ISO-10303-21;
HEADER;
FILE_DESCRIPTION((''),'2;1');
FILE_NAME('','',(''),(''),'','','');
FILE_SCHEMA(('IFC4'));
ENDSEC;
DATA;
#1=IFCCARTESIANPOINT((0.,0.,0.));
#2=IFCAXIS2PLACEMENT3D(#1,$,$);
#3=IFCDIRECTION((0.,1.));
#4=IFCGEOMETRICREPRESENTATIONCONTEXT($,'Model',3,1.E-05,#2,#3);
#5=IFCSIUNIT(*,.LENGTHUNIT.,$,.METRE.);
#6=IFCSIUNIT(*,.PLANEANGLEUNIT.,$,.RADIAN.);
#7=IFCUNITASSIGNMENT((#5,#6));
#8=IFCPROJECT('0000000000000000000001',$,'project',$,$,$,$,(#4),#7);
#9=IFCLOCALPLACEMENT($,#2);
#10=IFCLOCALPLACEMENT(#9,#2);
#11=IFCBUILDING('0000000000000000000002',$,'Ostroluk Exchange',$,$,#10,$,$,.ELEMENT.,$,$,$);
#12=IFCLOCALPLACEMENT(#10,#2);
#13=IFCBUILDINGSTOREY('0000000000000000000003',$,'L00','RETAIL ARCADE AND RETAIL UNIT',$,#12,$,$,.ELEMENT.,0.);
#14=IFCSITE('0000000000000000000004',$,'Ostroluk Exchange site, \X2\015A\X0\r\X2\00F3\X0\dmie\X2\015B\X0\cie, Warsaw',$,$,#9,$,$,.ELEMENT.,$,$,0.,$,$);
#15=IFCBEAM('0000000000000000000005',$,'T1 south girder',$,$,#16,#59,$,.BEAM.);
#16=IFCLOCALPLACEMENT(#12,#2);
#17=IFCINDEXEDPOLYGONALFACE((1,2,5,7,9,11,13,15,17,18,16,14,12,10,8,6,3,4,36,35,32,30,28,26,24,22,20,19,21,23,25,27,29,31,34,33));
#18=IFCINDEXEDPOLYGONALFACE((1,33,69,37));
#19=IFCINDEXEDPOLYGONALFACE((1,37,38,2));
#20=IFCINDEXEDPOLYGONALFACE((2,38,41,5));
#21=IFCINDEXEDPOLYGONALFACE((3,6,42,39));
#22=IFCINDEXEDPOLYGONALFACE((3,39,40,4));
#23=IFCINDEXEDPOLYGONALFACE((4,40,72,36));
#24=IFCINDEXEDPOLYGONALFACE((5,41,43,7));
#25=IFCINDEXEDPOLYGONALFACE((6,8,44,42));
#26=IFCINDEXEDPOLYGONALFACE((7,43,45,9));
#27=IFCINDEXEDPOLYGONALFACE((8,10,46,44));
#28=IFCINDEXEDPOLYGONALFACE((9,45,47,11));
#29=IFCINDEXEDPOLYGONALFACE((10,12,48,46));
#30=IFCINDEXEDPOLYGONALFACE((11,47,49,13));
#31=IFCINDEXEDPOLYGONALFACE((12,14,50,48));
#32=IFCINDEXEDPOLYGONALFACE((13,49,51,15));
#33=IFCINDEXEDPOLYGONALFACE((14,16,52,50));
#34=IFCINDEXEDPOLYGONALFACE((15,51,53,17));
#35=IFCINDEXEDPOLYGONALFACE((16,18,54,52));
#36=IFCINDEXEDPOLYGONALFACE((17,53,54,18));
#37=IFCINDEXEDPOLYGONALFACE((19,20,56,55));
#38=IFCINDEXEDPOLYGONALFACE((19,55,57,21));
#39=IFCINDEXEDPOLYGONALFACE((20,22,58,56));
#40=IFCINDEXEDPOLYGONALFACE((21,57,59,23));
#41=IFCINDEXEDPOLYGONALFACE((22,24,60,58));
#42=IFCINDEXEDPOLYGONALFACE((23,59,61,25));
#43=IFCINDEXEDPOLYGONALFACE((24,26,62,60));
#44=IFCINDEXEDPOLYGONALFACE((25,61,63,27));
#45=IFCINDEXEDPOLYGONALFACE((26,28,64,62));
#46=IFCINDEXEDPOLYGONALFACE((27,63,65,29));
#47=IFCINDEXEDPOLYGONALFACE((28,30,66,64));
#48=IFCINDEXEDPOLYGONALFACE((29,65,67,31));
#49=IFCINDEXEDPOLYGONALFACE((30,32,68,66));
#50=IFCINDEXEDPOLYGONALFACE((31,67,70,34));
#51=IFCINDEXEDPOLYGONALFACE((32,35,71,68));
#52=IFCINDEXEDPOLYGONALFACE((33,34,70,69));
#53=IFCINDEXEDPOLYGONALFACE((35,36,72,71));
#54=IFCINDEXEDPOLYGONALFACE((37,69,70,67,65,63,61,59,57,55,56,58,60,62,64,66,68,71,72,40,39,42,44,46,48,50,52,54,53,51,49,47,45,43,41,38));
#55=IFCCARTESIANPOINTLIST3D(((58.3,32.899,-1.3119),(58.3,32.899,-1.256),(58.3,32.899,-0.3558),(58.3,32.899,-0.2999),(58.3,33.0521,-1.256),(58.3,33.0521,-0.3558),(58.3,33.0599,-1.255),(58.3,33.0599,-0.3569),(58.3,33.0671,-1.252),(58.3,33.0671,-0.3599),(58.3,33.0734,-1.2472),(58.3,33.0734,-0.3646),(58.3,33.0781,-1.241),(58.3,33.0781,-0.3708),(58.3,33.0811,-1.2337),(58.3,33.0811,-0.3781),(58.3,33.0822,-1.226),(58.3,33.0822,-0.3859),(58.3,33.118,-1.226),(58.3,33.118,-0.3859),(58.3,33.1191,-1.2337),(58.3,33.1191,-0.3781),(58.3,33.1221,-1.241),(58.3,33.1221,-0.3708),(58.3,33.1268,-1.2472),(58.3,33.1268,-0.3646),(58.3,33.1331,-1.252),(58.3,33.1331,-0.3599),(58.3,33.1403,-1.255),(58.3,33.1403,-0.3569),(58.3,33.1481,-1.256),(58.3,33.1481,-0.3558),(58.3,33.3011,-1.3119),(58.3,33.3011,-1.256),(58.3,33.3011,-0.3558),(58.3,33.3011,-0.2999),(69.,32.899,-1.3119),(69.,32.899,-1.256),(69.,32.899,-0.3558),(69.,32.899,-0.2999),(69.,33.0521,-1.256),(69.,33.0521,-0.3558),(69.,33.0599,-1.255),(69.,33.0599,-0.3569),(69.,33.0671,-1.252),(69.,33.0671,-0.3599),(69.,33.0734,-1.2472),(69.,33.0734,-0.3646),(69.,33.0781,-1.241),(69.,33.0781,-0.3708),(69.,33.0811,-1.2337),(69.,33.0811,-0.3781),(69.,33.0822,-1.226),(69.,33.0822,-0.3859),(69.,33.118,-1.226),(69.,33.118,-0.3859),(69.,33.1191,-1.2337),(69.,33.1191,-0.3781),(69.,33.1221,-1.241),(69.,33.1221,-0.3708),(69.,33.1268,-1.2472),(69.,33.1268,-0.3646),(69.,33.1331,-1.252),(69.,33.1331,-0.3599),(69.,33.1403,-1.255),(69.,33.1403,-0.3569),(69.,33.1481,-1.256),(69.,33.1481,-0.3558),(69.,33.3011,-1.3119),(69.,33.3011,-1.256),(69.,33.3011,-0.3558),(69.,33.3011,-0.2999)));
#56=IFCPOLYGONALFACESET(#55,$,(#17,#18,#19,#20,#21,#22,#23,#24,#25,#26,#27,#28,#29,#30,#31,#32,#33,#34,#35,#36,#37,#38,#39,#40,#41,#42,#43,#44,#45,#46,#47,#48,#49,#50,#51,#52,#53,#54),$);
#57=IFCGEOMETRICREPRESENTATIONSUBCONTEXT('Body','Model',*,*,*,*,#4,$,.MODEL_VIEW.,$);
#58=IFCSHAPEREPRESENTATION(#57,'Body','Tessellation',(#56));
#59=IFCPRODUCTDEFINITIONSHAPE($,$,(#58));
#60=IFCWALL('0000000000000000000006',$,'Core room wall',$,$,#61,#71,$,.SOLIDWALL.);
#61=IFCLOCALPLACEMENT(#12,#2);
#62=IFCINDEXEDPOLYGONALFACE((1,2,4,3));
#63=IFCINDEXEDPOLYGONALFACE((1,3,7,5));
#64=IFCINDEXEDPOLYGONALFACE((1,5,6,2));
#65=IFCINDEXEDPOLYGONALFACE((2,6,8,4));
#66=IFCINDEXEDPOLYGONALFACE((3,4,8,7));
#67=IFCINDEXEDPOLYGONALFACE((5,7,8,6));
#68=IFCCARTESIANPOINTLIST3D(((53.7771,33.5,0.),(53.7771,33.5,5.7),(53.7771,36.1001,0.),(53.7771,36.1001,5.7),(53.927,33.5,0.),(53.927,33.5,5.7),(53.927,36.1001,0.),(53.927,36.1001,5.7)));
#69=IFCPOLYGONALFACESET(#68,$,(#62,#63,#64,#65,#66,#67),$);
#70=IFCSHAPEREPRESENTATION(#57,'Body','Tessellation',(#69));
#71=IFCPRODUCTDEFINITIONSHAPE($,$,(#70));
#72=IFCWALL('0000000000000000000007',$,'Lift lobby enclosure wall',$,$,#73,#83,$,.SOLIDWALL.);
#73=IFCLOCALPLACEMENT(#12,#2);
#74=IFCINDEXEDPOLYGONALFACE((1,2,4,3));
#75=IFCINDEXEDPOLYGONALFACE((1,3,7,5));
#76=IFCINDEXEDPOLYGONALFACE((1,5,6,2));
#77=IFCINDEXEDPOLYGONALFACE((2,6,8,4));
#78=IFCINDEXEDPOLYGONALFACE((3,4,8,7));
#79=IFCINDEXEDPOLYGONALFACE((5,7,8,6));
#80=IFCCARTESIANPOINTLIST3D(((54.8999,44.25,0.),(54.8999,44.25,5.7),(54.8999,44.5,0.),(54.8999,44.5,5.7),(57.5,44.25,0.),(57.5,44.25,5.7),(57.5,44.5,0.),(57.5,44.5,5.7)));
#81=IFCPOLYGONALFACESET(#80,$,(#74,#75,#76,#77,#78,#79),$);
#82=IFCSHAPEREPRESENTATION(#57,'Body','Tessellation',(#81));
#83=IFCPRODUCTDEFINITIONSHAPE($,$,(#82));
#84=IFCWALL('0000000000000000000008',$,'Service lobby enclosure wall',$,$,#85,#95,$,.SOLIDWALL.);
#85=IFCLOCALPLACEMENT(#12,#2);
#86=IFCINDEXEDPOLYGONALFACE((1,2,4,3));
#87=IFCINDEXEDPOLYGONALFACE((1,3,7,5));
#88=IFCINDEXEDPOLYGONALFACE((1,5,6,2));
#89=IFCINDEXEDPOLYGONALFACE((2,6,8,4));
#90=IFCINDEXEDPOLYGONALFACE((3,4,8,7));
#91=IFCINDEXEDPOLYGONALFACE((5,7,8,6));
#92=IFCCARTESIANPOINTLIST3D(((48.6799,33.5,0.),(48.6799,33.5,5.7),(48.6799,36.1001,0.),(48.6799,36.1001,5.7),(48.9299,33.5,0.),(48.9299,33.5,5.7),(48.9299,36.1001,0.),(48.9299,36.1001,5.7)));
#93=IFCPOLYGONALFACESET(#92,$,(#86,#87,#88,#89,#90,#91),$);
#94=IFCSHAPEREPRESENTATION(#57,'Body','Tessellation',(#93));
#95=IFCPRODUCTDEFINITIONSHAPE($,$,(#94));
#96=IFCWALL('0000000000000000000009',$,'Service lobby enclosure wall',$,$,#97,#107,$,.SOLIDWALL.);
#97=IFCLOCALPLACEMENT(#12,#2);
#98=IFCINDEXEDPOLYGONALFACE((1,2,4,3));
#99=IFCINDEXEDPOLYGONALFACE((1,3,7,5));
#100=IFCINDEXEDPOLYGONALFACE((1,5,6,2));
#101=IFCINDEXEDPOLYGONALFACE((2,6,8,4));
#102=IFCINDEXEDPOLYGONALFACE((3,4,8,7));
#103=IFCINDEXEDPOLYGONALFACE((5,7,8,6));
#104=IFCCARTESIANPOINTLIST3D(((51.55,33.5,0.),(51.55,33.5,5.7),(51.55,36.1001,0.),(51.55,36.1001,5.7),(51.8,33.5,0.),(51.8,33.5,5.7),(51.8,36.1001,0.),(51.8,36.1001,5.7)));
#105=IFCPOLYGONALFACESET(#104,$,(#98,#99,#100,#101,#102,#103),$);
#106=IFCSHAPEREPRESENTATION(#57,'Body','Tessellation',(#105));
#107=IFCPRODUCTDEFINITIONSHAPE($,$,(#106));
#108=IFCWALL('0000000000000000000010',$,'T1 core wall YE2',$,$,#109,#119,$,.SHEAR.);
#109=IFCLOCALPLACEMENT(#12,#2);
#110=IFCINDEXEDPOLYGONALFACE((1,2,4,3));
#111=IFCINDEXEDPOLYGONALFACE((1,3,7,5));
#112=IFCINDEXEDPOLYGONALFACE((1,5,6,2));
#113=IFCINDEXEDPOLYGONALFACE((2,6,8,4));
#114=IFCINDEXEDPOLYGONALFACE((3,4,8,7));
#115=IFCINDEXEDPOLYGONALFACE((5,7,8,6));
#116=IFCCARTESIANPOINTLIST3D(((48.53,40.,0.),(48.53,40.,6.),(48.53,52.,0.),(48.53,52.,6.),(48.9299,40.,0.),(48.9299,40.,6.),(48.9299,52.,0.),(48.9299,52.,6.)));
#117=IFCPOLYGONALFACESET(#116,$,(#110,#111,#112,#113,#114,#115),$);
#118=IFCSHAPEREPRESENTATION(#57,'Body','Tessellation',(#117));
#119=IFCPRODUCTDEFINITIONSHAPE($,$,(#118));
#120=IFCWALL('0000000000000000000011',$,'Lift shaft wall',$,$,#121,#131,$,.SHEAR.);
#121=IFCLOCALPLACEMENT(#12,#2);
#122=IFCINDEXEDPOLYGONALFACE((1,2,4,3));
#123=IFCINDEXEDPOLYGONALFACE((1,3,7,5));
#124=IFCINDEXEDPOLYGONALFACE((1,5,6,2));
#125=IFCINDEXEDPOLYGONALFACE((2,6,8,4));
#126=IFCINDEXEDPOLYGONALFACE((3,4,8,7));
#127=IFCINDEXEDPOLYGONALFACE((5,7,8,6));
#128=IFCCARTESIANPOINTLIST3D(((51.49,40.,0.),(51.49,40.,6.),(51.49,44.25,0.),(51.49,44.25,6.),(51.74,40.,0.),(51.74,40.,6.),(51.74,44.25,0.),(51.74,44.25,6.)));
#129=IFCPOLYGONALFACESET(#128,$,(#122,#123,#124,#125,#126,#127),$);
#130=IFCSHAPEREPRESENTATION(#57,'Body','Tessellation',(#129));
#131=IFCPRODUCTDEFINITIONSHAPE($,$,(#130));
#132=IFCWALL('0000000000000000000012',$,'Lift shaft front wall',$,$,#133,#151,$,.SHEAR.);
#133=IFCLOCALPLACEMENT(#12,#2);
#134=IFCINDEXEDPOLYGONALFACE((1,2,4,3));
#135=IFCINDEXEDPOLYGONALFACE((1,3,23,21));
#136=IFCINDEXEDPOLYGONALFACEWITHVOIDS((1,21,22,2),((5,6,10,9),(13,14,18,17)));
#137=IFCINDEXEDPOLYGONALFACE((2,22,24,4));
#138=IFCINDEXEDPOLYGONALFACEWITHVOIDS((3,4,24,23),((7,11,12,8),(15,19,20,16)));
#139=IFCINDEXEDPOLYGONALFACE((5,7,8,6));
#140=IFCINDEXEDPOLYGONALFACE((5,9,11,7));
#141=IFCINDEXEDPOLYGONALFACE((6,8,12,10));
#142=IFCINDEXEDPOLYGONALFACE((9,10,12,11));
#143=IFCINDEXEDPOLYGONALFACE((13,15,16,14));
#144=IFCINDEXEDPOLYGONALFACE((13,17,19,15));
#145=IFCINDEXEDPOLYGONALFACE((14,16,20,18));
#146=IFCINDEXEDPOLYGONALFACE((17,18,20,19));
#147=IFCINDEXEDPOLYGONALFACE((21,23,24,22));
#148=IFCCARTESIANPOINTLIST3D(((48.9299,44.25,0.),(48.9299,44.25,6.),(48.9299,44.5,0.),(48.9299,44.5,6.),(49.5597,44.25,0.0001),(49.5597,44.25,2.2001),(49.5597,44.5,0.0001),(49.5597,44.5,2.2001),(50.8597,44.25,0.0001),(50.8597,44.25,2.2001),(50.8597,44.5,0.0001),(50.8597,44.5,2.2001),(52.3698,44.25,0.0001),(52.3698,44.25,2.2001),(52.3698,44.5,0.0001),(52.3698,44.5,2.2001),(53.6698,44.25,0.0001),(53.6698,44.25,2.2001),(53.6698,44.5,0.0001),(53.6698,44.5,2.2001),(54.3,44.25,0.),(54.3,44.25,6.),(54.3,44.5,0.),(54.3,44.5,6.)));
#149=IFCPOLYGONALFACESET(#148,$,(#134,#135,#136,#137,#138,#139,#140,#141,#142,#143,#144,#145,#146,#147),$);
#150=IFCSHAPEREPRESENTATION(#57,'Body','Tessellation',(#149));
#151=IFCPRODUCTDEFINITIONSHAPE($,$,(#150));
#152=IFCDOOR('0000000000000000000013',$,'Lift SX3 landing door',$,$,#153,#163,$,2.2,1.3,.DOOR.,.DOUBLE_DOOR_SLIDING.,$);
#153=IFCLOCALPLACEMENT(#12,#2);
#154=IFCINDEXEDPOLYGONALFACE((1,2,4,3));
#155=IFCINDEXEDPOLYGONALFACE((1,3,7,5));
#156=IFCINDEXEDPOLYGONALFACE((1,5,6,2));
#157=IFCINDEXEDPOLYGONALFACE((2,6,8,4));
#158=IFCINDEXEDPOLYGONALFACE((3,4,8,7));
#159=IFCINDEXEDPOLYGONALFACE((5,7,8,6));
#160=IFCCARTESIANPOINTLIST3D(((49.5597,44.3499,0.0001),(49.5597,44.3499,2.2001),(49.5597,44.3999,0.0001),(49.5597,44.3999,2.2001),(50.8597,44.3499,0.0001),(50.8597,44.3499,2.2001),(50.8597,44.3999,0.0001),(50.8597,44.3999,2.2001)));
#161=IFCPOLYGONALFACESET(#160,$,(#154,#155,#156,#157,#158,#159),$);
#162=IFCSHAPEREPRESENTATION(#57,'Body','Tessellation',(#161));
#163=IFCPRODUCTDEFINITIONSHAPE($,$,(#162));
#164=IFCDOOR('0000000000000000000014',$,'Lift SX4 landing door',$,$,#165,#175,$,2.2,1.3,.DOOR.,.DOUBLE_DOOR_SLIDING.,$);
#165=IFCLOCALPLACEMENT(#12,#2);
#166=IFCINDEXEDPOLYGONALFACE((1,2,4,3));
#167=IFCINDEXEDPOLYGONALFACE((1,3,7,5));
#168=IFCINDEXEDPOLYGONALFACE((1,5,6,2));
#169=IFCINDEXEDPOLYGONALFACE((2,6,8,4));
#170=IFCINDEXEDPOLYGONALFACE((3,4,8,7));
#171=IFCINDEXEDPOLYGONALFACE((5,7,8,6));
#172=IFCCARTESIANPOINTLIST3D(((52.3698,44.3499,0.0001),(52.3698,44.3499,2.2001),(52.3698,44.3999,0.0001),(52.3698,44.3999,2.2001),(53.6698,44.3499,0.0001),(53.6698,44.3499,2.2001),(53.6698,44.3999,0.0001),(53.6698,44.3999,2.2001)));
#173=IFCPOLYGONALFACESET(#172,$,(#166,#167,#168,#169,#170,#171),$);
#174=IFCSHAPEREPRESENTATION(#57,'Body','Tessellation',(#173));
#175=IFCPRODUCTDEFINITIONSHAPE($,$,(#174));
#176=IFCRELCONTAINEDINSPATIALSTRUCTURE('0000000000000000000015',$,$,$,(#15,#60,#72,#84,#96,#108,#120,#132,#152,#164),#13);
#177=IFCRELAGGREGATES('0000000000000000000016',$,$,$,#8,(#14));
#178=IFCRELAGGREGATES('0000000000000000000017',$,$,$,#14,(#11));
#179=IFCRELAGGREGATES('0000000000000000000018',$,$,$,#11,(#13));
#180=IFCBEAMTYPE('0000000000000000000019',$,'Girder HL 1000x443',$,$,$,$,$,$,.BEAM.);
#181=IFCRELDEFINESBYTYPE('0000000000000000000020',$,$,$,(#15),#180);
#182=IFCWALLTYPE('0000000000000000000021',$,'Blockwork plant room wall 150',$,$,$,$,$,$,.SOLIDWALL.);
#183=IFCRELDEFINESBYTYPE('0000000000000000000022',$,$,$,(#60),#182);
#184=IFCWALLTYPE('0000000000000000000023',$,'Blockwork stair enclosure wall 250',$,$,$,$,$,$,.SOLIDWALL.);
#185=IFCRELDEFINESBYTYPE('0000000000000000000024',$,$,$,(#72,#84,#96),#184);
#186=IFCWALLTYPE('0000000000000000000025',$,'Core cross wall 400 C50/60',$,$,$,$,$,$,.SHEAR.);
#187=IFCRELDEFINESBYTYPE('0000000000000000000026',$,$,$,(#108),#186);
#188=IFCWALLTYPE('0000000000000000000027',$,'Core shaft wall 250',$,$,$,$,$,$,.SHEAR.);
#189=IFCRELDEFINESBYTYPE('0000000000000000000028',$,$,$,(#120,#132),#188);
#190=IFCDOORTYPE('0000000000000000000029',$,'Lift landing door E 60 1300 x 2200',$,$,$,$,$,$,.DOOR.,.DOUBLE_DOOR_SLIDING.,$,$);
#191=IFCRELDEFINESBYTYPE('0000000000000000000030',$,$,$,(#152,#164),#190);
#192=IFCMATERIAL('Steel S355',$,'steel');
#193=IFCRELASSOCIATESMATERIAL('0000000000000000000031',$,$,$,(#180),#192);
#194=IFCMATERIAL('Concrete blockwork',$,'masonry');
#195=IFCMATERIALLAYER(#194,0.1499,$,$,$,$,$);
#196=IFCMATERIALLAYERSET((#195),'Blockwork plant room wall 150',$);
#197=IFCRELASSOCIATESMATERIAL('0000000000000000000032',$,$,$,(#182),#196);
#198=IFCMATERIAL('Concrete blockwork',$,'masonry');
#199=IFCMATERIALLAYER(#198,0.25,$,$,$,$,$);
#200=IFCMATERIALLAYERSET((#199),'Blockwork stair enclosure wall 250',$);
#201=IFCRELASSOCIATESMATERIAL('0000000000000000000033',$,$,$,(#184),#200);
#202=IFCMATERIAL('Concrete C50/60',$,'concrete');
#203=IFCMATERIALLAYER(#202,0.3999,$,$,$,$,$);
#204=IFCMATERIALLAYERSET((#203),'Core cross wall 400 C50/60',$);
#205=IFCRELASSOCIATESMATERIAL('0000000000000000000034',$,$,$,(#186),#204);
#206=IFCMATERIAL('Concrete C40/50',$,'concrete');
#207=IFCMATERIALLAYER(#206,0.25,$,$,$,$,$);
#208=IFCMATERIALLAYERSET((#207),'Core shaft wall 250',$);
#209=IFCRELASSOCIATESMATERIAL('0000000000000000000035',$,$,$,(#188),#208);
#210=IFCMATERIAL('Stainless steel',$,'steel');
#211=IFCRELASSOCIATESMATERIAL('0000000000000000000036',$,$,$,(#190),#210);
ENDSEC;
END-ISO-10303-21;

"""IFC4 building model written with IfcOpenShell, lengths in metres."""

from ifc_helpers import new_model, si_unit, direction, frame, frame_2d, origin, origin_2d, place, context, subcontext, project, spatial, rectangle, i_section, extrude, material, layer, layer_set, material_profile, profile_set, type_object, element, fill, save


model = new_model("IFC4")

# Units and contexts
model_context = context("Model", 3, precision=1e-05, world=origin(), true_north=direction((0.0, 1.0)))
body_context = subcontext(model_context, "Body", "Model", "MODEL_VIEW")
ifc_project = project(units=[si_unit("LENGTHUNIT", "METRE"), si_unit("PLANEANGLEUNIT", "RADIAN")], contexts=[model_context])

# Site, building, storey
site_placement = place(None, origin())
site = spatial("IfcSite", under=ifc_project, at=site_placement, Name="Ostroluk Exchange site, Śródmieście, Warsaw", CompositionType="ELEMENT", RefElevation=0.0)
building_placement = place(site_placement, origin())
building = spatial("IfcBuilding", under=site, at=building_placement, Name="Ostroluk Exchange", CompositionType="ELEMENT")
storey_placement = place(building_placement, origin())
storey = spatial("IfcBuildingStorey", under=building, at=storey_placement, Name="L00", Description="RETAIL ARCADE AND RETAIL UNIT", CompositionType="ELEMENT", Elevation=0.0)

# Beam
ifc_material_1 = material(Name="Steel S355", Category="steel")
ifc_material_profile_1 = material_profile(ifc_material_1, i_section(OverallWidth=0.4021, OverallDepth=1.012, WebThickness=0.0359, FlangeThickness=0.0559, FilletRadius=0.03, at=origin_2d()), Name="HL 1000x443")
ifc_profile_set_1 = profile_set([ifc_material_profile_1], Name="Steel S355")
beam_type_1 = type_object("IfcBeamType", Name="Girder HL 1000x443", PredefinedType="BEAM", material=ifc_profile_set_1)
beam_1_placement = place(storey_placement, frame((58.3, 33.1001, -0.8059), z_axis=(1.0, 0.0, 0.0), x_axis=(0.0, 1.0, 0.0)))
element("IfcBeam", 1, at=beam_1_placement, inside=storey, type_object=beam_type_1, Name="T1 south girder", PredefinedType="BEAM", context=body_context, shape_type="SweptSolid", body=[
    extrude(i_section(OverallWidth=0.4021, OverallDepth=1.012, WebThickness=0.0359, FlangeThickness=0.0559, FilletRadius=0.03, at=origin_2d()), origin(), (0.0, 0.0, 1.0), 10.7),
])

# Walls
ifc_material_2 = material(Name="Concrete blockwork", Category="masonry")
ifc_layer_1 = layer(ifc_material_2, 0.1499)
ifc_layer_set_1 = layer_set([ifc_layer_1], Name="Blockwork plant room wall 150")
wall_type_1 = type_object("IfcWallType", Name="Blockwork plant room wall 150", PredefinedType="SOLIDWALL", material=ifc_layer_set_1)
wall_1_placement = place(storey_placement, frame((53.8521, 33.5, 0.0), z_axis=(0.0, 0.0, 1.0), x_axis=(0.0, 1.0, 0.0)))
element("IfcWall", 2, at=wall_1_placement, inside=storey, type_object=wall_type_1, Name="Core room wall", PredefinedType="SOLIDWALL", context=body_context, shape_type="SweptSolid", body=[
    extrude(rectangle(XDim=2.6001, YDim=0.1499, at=frame_2d((1.3, 0.0))), origin(), (0.0, 0.0, 1.0), 5.7),
])
ifc_material_3 = material(Name="Concrete blockwork", Category="masonry")
ifc_layer_2 = layer(ifc_material_3, 0.25)
ifc_layer_set_2 = layer_set([ifc_layer_2], Name="Blockwork stair enclosure wall 250")
wall_type_2 = type_object("IfcWallType", Name="Blockwork stair enclosure wall 250", PredefinedType="SOLIDWALL", material=ifc_layer_set_2)
for number, where, z_axis, x_axis, name in (
    (3, (54.8999, 44.375, 0.0), (0.0, 0.0, 1.0), (1.0, 0.0, 0.0), "Lift lobby enclosure wall"),
    (4, (48.8049, 33.5, 0.0), (0.0, 0.0, 1.0), (0.0, 1.0, 0.0), "Service lobby enclosure wall"),
    (5, (51.675, 33.5, 0.0), (0.0, 0.0, 1.0), (0.0, 1.0, 0.0), "Service lobby enclosure wall"),
):
    element("IfcWall", number, at=place(storey_placement, frame(where, z_axis=z_axis, x_axis=x_axis)), inside=storey, type_object=wall_type_2, Name=name, PredefinedType="SOLIDWALL", context=body_context, shape_type="SweptSolid", body=[
        extrude(rectangle(XDim=2.6001, YDim=0.25, at=frame_2d((1.3, 0.0))), origin(), (0.0, 0.0, 1.0), 5.7),
    ])
ifc_material_4 = material(Name="Concrete C50/60", Category="concrete")
ifc_layer_3 = layer(ifc_material_4, 0.3999)
ifc_layer_set_3 = layer_set([ifc_layer_3], Name="Core cross wall 400 C50/60")
wall_type_3 = type_object("IfcWallType", Name="Core cross wall 400 C50/60", PredefinedType="SHEAR", material=ifc_layer_set_3)
wall_2_placement = place(storey_placement, frame((48.73, 40.0, 0.0), z_axis=(0.0, 0.0, 1.0), x_axis=(0.0, 1.0, 0.0)))
element("IfcWall", 6, at=wall_2_placement, inside=storey, type_object=wall_type_3, Name="T1 core wall YE2", PredefinedType="SHEAR", context=body_context, shape_type="SweptSolid", body=[
    extrude(rectangle(XDim=12.0, YDim=0.3999, at=frame_2d((6.0, 0.0))), origin(), (0.0, 0.0, 1.0), 6.0),
])

# Shared definitions
ifc_material_5 = material(Name="Concrete C40/50", Category="concrete")
ifc_layer_4 = layer(ifc_material_5, 0.25)
ifc_layer_set_4 = layer_set([ifc_layer_4], Name="Core shaft wall 250")
wall_type_4 = type_object("IfcWallType", Name="Core shaft wall 250", PredefinedType="SHEAR", material=ifc_layer_set_4)

# Wall
wall_3_placement = place(storey_placement, frame((51.615, 44.25, 0.0), z_axis=(0.0, 0.0, 1.0), x_axis=(0.0, -1.0, 0.0)))
element("IfcWall", 7, at=wall_3_placement, inside=storey, type_object=wall_type_4, Name="Lift shaft wall", PredefinedType="SHEAR", context=body_context, shape_type="SweptSolid", body=[
    extrude(rectangle(XDim=4.25, YDim=0.25, at=frame_2d((2.125, 0.0))), origin(), (0.0, 0.0, 1.0), 6.0),
])

# Wall, openings, doors
wall_4_placement = place(storey_placement, frame((48.9299, 44.375, 0.0), z_axis=(0.0, 0.0, 1.0), x_axis=(1.0, 0.0, 0.0)))
wall_4 = element("IfcWall", 8, at=wall_4_placement, inside=storey, type_object=wall_type_4, Name="Lift shaft front wall", PredefinedType="SHEAR", context=body_context, shape_type="SweptSolid", body=[
    extrude(rectangle(XDim=5.3701, YDim=0.25, at=frame_2d((2.6851, 0.0))), origin(), (0.0, 0.0, 1.0), 6.0),
])
opening_1_placement = place(wall_4_placement, frame((0.6299, 0.0, 0.0)))
opening_1 = element("IfcOpeningElement", 9, at=opening_1_placement, cuts=wall_4, PredefinedType="OPENING", context=body_context, shape_type="SweptSolid", body=[
    extrude(rectangle(XDim=1.3, YDim=2.2, at=frame_2d((0.6499, 1.1001))), frame((0.0, 0.135, 0.0), z_axis=(0.0, -1.0, 0.0), x_axis=(1.0, 0.0, 0.0)), (0.0, 0.0, 1.0), 0.27),
])
opening_2_placement = place(wall_4_placement, frame((3.4399, 0.0, 0.0)))
opening_2 = element("IfcOpeningElement", 10, at=opening_2_placement, cuts=wall_4, PredefinedType="OPENING", context=body_context, shape_type="SweptSolid", body=[
    extrude(rectangle(XDim=1.3, YDim=2.2, at=frame_2d((0.6499, 1.1001))), frame((0.0, 0.135, 0.0), z_axis=(0.0, -1.0, 0.0), x_axis=(1.0, 0.0, 0.0)), (0.0, 0.0, 1.0), 0.27),
])
ifc_material_6 = material(Name="Stainless steel", Category="steel")
door_type_1 = type_object("IfcDoorType", Name="Lift landing door E 60 1300 x 2200", OperationType="DOUBLE_DOOR_SLIDING", PredefinedType="DOOR", material=ifc_material_6)
door_1_placement = place(opening_1_placement, origin())
door_1 = element("IfcDoor", 11, at=door_1_placement, inside=storey, type_object=door_type_1, Name="Lift SX3 landing door", OperationType="DOUBLE_DOOR_SLIDING", OverallHeight=2.2, OverallWidth=1.3, PredefinedType="DOOR", context=body_context, shape_type="SweptSolid", body=[
    extrude(rectangle(XDim=1.3, YDim=2.2, at=frame_2d((0.6499, 1.1001))), frame((0.0, 0.0249, 0.0), z_axis=(0.0, -1.0, 0.0), x_axis=(1.0, 0.0, 0.0)), (0.0, 0.0, 1.0), 0.05),
])
fill(opening_1, door_1)
door_2_placement = place(opening_2_placement, origin())
door_2 = element("IfcDoor", 12, at=door_2_placement, inside=storey, type_object=door_type_1, Name="Lift SX4 landing door", OperationType="DOUBLE_DOOR_SLIDING", OverallHeight=2.2, OverallWidth=1.3, PredefinedType="DOOR", context=body_context, shape_type="SweptSolid", body=[
    extrude(rectangle(XDim=1.3, YDim=2.2, at=frame_2d((0.6499, 1.1001))), frame((0.0, 0.0249, 0.0), z_axis=(0.0, -1.0, 0.0), x_axis=(1.0, 0.0, 0.0)), (0.0, 0.0, 1.0), 0.05),
])
fill(opening_2, door_2)

save(model, "model.ifc")
